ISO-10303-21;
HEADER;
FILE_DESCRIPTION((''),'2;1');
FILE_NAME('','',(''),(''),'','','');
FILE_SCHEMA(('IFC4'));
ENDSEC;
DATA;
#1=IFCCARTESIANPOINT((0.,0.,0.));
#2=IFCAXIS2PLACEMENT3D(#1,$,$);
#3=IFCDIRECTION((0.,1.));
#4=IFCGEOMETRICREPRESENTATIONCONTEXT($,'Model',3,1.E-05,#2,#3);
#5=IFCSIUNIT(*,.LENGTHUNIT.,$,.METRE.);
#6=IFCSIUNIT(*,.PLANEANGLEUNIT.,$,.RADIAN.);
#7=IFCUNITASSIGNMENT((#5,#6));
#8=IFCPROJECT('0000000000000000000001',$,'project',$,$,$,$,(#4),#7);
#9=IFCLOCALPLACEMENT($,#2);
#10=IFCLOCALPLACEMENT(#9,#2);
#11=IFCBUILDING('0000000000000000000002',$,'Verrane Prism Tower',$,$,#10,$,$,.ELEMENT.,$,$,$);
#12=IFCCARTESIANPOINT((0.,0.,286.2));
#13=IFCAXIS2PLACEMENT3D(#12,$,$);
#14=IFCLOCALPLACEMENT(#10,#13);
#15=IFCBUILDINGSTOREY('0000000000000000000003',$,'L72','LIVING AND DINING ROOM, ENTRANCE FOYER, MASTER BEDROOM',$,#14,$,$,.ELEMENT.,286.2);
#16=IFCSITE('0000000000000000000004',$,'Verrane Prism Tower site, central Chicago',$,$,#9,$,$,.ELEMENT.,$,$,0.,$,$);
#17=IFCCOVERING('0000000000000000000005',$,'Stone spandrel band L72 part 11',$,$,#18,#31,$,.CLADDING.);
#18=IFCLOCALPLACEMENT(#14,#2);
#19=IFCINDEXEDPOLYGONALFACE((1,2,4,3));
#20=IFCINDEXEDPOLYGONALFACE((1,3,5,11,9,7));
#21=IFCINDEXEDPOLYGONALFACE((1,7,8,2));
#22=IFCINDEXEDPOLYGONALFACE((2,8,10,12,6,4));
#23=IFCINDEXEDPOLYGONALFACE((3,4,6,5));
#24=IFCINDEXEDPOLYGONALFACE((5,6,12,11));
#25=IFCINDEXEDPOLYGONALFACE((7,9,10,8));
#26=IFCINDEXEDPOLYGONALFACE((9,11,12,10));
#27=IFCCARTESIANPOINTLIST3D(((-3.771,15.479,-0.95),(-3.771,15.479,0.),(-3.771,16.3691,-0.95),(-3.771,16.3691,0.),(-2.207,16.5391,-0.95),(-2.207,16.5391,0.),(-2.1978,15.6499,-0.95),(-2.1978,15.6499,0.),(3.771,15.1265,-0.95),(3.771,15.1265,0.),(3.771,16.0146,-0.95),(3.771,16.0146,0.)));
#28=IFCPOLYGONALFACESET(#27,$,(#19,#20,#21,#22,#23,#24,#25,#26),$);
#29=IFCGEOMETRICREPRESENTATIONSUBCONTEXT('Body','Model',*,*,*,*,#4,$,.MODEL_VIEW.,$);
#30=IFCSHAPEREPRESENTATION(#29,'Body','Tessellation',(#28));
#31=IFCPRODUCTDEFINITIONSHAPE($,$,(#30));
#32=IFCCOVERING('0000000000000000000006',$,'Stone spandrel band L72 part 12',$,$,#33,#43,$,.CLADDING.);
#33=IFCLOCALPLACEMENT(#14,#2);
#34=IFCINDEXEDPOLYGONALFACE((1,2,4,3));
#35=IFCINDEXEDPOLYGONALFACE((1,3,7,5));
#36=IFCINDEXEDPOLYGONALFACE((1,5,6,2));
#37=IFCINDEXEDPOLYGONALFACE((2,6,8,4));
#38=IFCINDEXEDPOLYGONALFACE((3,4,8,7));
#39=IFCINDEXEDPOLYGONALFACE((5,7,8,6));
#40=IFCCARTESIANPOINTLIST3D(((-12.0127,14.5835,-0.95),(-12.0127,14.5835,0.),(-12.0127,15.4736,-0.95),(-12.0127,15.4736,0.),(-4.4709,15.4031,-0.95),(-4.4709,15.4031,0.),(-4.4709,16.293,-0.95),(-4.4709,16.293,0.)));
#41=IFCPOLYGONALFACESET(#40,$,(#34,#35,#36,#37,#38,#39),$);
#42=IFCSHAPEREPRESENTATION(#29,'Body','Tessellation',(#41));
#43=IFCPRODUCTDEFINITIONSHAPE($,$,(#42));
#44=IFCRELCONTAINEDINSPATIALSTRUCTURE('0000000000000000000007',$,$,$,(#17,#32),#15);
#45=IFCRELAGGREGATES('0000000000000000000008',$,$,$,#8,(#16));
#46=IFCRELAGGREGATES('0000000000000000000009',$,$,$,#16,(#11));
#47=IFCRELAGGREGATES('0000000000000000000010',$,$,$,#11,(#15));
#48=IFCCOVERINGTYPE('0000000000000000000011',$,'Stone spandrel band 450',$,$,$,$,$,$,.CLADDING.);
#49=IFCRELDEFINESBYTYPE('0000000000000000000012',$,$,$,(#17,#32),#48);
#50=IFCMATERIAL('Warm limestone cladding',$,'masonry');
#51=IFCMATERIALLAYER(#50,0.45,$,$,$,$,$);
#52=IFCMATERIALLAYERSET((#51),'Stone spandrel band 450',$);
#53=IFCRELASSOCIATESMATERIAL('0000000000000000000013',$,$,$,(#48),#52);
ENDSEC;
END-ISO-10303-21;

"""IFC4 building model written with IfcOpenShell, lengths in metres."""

from ifc_helpers import new_model, si_unit, direction, frame, origin, place, context, subcontext, project, spatial, polyline, outline, extrude, material, layer, layer_set, type_object, element, save


model = new_model("IFC4")

# Units and contexts
model_context = context("Model", 3, precision=1e-05, world=origin(), true_north=direction((0.0, 1.0)))
body_context = subcontext(model_context, "Body", "Model", "MODEL_VIEW")
ifc_project = project(units=[si_unit("LENGTHUNIT", "METRE"), si_unit("PLANEANGLEUNIT", "RADIAN")], contexts=[model_context])

# Site, building, storey
site_placement = place(None, origin())
site = spatial("IfcSite", under=ifc_project, at=site_placement, Name="Verrane Prism Tower site, central Chicago", CompositionType="ELEMENT", RefElevation=0.0)
building_placement = place(site_placement, origin())
building = spatial("IfcBuilding", under=site, at=building_placement, Name="Verrane Prism Tower", CompositionType="ELEMENT")
storey_placement = place(building_placement, frame((0.0, 0.0, 286.2)))
storey = spatial("IfcBuildingStorey", under=building, at=storey_placement, Name="L72", Description="LIVING AND DINING ROOM, ENTRANCE FOYER, MASTER BEDROOM", CompositionType="ELEMENT", Elevation=286.2)

# Coverings
ifc_material_1 = material(Name="Warm limestone cladding", Category="masonry")
ifc_layer_1 = layer(ifc_material_1, 0.45)
ifc_layer_set_1 = layer_set([ifc_layer_1], Name="Stone spandrel band 450")
covering_type_1 = type_object("IfcCoveringType", Name="Stone spandrel band 450", PredefinedType="CLADDING", material=ifc_layer_set_1)
covering_1_placement = place(storey_placement, frame((0.0, 0.0, -0.95)))
element("IfcCovering", 1, at=covering_1_placement, inside=storey, type_object=covering_type_1, Name="Stone spandrel band L72 part 11", PredefinedType="CLADDING", context=body_context, shape_type="SweptSolid", body=[
    extrude(outline(polyline([(-3.771, 16.3691), (-3.771, 15.479), (-2.1978, 15.6499), (3.771, 15.1265), (3.771, 16.0146), (-2.207, 16.5391), (-3.771, 16.3691)])), origin(), (0.0, 0.0, 1.0), 0.95),
])
covering_2_placement = place(storey_placement, frame((0.0, 0.0, -0.95)))
element("IfcCovering", 2, at=covering_2_placement, inside=storey, type_object=covering_type_1, Name="Stone spandrel band L72 part 12", PredefinedType="CLADDING", context=body_context, shape_type="SweptSolid", body=[
    extrude(outline(polyline([(-12.0127, 14.5835), (-4.4709, 15.4031), (-4.4709, 16.293), (-12.0127, 15.4736), (-12.0127, 14.5835)])), origin(), (0.0, 0.0, 1.0), 0.95),
])

save(model, "model.ifc")
